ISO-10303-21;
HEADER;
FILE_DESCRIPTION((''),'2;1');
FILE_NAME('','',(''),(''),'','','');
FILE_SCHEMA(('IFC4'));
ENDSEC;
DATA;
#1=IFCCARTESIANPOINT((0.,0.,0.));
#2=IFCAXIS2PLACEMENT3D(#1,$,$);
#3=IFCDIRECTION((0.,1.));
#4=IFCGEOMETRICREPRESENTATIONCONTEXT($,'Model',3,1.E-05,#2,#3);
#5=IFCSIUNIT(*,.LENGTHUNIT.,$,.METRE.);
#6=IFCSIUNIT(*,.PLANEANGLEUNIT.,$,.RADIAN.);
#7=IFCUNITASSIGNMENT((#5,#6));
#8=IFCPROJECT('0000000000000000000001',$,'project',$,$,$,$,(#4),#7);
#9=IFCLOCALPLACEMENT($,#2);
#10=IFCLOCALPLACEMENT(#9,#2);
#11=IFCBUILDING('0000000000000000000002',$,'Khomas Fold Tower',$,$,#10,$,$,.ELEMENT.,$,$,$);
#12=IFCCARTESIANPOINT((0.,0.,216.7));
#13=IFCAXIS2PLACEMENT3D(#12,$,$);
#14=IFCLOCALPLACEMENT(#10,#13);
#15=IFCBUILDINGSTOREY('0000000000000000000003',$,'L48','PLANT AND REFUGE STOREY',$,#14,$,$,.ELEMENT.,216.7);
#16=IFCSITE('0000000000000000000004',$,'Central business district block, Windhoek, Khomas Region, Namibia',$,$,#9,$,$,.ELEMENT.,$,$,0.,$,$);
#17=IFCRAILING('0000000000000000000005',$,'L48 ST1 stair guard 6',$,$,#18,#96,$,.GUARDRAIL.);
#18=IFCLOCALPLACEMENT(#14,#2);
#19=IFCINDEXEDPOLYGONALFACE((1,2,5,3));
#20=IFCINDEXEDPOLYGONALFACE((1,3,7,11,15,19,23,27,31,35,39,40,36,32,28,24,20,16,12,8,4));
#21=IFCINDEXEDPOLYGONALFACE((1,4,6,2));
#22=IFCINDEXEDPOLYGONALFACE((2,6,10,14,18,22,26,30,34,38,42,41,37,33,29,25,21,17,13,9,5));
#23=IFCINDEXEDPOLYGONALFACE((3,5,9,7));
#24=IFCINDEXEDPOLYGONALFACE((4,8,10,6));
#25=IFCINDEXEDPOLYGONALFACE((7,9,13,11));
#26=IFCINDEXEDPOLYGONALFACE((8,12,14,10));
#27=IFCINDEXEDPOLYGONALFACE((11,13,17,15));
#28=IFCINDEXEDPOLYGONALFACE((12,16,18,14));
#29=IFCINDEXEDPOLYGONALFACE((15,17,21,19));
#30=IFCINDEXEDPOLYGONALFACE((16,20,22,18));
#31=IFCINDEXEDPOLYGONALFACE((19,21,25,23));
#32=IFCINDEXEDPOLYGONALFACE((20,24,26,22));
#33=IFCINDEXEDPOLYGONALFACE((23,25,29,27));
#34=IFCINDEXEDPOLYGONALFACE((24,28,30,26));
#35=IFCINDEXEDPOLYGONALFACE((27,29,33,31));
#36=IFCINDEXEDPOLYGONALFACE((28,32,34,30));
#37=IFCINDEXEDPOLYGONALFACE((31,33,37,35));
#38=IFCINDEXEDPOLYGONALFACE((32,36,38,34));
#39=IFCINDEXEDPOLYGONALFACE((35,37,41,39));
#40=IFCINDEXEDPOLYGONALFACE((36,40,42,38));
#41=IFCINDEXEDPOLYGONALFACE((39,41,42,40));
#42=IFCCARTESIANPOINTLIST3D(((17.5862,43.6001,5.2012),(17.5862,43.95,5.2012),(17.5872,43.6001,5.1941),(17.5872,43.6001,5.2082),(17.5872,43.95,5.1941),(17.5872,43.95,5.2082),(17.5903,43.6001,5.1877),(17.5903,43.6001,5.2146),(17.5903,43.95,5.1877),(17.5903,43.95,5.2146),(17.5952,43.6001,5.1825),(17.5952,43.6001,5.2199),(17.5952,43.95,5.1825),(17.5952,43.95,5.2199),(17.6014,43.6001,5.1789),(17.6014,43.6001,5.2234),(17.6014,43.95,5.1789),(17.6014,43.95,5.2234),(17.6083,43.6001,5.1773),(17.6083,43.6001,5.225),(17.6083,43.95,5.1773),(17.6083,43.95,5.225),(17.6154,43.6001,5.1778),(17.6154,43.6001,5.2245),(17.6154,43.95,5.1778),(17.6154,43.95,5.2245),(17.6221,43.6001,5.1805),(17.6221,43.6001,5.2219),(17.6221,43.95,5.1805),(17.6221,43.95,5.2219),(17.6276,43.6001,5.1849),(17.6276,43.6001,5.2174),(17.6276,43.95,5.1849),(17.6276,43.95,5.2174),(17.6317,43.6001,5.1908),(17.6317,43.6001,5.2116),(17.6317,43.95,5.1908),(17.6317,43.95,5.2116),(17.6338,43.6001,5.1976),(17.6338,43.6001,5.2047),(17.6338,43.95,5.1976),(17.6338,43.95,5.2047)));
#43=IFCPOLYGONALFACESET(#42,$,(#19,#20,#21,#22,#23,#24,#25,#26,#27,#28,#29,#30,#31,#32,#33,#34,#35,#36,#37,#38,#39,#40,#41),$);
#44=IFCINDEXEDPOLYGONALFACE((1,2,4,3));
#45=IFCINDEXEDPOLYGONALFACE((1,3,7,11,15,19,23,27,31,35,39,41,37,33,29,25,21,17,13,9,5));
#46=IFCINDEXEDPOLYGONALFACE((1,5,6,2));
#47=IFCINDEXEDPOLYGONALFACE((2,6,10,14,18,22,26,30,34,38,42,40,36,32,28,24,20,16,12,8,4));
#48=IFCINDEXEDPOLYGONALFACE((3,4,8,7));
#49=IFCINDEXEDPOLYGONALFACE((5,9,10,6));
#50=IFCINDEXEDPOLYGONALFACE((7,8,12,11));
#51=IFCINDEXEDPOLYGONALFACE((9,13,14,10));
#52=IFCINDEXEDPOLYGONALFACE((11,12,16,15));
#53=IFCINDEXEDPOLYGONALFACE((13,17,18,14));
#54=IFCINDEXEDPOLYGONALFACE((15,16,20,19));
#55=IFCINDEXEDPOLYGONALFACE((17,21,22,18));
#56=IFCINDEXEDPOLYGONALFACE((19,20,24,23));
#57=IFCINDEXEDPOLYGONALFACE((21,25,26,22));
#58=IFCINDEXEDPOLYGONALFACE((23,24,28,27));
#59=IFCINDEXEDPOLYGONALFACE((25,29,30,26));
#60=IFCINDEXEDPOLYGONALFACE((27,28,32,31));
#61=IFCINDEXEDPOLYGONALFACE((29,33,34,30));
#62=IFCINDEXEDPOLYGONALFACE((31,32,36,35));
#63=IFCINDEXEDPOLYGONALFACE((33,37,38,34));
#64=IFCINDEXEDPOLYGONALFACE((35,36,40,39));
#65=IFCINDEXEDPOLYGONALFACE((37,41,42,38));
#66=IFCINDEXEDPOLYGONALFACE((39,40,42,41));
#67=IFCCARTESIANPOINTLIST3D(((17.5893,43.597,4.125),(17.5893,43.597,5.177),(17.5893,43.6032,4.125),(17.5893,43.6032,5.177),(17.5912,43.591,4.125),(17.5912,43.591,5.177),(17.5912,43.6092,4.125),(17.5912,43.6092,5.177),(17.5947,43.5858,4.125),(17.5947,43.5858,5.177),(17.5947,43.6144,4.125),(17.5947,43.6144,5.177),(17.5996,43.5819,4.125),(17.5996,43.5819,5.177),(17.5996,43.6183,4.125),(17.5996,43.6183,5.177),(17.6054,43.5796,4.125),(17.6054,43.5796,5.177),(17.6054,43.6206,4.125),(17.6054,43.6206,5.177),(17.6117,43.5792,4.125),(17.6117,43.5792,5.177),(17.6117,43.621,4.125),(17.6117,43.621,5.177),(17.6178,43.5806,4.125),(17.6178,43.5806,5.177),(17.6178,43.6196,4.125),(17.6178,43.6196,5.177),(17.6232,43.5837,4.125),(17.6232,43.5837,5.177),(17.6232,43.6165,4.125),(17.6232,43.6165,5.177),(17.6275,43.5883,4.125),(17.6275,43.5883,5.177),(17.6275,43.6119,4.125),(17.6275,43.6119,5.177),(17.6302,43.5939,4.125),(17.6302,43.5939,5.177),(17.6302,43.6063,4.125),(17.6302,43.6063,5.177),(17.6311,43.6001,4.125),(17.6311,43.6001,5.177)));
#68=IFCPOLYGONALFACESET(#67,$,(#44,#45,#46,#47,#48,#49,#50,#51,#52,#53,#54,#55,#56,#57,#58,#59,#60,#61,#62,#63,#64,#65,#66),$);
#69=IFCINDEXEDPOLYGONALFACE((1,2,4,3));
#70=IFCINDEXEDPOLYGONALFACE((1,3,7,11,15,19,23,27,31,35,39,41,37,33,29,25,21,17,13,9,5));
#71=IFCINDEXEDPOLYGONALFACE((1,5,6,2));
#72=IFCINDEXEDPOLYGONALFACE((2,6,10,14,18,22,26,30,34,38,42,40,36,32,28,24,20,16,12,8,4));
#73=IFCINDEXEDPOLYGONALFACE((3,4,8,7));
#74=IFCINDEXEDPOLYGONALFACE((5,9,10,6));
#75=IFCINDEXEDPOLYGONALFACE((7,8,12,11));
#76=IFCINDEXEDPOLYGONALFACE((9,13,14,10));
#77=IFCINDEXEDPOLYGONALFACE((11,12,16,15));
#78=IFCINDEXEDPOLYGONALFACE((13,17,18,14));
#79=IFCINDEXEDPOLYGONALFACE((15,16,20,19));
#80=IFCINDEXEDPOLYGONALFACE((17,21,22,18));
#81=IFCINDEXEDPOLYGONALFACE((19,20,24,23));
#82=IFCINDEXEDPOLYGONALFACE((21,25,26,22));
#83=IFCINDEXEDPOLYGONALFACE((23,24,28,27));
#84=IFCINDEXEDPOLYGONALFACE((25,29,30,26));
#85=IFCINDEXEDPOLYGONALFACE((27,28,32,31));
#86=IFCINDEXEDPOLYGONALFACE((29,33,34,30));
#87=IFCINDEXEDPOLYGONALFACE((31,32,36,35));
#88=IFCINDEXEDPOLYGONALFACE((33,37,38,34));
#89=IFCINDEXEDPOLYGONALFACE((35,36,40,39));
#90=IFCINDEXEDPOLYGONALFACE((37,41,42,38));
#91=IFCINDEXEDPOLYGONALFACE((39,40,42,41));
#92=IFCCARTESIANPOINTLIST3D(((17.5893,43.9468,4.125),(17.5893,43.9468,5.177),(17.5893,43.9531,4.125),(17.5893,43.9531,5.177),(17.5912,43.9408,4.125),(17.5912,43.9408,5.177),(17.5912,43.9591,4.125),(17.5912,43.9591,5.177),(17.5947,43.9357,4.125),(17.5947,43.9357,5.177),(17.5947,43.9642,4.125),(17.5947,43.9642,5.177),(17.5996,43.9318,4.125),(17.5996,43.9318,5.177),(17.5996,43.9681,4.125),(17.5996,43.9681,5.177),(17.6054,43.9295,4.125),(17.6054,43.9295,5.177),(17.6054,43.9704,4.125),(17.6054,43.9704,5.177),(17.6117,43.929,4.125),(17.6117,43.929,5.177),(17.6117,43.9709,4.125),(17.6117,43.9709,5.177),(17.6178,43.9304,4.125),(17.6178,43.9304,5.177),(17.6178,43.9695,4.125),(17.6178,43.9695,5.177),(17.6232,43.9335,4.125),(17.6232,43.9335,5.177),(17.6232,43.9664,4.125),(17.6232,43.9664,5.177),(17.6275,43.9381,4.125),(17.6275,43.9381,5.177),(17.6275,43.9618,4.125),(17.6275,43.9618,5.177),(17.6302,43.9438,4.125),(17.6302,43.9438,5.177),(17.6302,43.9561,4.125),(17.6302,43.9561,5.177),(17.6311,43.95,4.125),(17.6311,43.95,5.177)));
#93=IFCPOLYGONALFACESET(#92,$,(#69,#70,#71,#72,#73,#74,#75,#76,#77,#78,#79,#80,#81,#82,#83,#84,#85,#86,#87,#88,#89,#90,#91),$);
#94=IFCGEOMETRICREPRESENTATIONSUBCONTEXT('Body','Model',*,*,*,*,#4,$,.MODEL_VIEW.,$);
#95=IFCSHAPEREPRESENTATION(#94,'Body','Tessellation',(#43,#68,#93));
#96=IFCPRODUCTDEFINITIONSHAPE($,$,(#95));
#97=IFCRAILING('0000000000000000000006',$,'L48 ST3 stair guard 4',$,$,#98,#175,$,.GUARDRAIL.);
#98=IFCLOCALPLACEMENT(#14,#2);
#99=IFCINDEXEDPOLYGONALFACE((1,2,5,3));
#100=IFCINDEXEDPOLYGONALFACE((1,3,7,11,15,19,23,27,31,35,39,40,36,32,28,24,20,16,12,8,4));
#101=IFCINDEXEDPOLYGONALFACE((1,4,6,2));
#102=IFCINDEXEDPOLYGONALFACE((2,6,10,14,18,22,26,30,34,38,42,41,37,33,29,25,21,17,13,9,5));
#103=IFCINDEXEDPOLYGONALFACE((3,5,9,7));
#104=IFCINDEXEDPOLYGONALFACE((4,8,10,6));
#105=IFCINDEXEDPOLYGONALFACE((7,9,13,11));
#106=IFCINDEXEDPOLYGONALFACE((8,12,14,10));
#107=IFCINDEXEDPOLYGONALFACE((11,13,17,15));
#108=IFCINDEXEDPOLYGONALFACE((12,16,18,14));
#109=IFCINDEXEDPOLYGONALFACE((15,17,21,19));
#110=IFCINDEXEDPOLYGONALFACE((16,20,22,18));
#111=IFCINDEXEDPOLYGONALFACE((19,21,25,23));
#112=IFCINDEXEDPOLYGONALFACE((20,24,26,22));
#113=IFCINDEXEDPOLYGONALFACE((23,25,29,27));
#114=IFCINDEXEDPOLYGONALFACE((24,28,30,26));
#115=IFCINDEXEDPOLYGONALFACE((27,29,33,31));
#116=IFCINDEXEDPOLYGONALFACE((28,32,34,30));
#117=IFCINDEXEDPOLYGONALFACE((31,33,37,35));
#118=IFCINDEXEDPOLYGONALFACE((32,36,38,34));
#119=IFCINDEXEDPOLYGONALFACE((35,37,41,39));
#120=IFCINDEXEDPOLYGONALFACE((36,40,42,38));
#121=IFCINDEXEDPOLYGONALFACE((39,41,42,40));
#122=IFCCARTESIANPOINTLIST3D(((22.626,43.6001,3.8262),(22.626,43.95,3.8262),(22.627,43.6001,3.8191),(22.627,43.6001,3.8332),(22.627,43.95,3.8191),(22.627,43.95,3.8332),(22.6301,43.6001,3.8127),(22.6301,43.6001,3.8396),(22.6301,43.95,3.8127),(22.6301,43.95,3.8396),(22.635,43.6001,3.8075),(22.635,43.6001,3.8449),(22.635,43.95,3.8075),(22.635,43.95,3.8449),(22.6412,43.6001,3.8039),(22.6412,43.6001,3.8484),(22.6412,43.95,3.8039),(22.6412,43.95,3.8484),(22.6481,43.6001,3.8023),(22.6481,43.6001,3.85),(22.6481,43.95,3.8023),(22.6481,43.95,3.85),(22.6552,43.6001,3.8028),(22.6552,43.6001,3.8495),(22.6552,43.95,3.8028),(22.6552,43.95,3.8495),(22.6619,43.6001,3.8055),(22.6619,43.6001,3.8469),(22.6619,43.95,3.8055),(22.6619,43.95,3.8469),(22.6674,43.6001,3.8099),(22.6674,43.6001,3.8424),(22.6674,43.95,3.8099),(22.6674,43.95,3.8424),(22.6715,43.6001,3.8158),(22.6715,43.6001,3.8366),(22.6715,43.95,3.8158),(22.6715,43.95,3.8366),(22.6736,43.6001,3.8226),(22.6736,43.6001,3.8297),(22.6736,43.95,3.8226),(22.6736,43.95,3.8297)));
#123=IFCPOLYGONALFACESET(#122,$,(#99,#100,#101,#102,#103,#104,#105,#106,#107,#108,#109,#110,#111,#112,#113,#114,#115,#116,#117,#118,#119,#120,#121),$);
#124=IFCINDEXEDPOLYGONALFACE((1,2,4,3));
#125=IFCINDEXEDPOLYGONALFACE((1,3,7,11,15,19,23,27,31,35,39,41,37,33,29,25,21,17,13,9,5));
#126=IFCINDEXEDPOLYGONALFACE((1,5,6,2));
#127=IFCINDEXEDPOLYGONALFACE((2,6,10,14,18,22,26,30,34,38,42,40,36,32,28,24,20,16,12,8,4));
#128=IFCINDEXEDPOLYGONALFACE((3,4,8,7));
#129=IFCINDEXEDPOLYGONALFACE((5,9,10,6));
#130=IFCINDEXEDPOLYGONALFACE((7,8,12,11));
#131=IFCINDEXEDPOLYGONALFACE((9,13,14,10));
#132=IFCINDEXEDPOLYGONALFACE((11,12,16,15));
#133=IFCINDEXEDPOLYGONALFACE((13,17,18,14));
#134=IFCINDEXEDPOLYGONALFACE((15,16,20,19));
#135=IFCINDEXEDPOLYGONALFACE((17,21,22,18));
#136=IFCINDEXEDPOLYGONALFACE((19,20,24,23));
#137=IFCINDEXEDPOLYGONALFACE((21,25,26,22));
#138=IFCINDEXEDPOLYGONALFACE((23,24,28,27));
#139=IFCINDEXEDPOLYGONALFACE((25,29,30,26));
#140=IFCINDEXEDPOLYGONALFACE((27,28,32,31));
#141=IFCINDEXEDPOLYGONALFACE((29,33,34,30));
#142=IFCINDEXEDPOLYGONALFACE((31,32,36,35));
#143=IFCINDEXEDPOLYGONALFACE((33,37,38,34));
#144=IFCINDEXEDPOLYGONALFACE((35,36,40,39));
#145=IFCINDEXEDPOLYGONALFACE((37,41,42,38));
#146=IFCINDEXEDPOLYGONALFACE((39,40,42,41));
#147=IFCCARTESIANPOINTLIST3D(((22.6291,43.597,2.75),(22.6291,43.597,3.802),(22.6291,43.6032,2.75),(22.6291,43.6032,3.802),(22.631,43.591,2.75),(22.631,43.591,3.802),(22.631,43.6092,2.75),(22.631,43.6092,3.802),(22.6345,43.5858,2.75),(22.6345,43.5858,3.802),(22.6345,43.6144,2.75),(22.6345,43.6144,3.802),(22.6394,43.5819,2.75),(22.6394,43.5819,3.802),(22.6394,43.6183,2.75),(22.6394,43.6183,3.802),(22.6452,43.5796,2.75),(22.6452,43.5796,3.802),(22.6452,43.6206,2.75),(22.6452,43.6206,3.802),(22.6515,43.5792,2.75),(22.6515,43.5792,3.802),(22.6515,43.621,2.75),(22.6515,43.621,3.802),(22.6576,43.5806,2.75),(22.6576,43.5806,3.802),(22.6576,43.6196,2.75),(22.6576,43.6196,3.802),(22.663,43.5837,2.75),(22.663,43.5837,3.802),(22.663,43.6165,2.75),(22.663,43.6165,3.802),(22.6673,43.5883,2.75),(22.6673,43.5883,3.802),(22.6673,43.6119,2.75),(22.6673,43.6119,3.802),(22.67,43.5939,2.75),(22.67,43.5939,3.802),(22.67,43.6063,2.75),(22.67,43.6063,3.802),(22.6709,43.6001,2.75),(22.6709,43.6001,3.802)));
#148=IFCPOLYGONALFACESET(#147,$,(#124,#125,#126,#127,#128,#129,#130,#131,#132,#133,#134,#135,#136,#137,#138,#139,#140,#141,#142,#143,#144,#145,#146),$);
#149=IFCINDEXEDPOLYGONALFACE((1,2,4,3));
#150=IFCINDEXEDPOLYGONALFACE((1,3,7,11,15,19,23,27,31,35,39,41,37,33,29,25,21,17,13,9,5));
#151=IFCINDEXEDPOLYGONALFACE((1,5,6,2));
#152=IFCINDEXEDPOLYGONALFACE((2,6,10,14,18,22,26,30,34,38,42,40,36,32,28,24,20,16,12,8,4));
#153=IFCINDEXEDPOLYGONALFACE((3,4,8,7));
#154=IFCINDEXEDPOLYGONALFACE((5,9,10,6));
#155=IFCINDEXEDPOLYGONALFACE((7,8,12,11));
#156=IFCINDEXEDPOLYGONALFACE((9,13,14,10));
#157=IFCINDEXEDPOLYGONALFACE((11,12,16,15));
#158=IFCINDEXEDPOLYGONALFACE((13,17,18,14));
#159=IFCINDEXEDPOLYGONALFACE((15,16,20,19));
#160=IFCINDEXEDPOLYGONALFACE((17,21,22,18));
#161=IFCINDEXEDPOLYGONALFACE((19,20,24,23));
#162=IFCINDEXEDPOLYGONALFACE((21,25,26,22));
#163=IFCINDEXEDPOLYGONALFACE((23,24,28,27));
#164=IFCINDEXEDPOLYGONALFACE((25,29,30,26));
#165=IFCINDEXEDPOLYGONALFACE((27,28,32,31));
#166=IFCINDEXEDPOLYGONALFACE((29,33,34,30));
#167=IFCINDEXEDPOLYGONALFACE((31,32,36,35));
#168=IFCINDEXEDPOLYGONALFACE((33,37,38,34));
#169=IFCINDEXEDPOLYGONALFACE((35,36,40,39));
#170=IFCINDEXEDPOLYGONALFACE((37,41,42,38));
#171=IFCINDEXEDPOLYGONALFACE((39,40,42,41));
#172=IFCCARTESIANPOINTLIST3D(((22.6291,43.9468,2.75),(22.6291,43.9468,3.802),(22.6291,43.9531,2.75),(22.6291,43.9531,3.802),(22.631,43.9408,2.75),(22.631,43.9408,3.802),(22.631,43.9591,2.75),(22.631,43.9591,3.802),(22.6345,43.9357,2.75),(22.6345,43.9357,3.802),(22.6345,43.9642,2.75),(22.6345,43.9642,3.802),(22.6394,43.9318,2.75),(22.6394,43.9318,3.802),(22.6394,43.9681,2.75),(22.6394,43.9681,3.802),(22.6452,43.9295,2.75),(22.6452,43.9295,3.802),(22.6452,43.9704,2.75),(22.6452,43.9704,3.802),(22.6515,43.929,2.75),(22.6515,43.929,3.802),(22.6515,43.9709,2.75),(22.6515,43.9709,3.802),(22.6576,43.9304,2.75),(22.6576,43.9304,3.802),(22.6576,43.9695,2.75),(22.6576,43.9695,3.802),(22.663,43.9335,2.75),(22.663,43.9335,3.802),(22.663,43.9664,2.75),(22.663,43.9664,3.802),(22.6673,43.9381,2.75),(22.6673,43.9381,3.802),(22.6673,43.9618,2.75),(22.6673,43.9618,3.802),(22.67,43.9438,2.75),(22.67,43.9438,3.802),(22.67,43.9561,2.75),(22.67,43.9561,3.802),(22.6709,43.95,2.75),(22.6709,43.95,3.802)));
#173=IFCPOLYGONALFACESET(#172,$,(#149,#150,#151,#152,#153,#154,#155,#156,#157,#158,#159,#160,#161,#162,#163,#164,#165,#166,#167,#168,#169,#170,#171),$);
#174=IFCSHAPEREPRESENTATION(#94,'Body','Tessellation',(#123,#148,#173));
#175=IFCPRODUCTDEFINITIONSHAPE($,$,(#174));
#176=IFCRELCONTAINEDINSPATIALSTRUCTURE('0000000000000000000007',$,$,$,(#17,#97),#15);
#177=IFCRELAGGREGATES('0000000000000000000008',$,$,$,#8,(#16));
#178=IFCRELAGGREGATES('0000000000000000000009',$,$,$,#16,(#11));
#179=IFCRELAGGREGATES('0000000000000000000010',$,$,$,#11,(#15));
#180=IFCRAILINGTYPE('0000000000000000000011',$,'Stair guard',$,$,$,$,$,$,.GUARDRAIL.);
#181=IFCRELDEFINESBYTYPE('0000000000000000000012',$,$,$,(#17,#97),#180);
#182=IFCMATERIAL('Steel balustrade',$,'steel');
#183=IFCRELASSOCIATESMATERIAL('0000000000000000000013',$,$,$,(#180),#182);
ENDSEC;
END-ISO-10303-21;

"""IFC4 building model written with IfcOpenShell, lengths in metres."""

from ifc_helpers import new_model, si_unit, direction, frame, origin, origin_2d, place, context, subcontext, project, spatial, circle, extrude, source, transform, mapped, material, type_object, element, save


model = new_model("IFC4")

# Units and contexts
model_context = context("Model", 3, precision=1e-05, world=origin(), true_north=direction((0.0, 1.0)))
body_context = subcontext(model_context, "Body", "Model", "MODEL_VIEW")
ifc_project = project(units=[si_unit("LENGTHUNIT", "METRE"), si_unit("PLANEANGLEUNIT", "RADIAN")], contexts=[model_context])

# Site, building, storey
site_placement = place(None, origin())
site = spatial("IfcSite", under=ifc_project, at=site_placement, Name="Central business district block, Windhoek, Khomas Region, Namibia", CompositionType="ELEMENT", RefElevation=0.0)
building_placement = place(site_placement, origin())
building = spatial("IfcBuilding", under=site, at=building_placement, Name="Khomas Fold Tower", CompositionType="ELEMENT")
storey_placement = place(building_placement, frame((0.0, 0.0, 216.7)))
storey = spatial("IfcBuildingStorey", under=building, at=storey_placement, Name="L48", Description="PLANT AND REFUGE STOREY", CompositionType="ELEMENT", Elevation=216.7)

# Railings
ifc_material_1 = material(Name="Steel balustrade", Category="steel")
railing_type_1 = type_object("IfcRailingType", Name="Stair guard", PredefinedType="GUARDRAIL", material=ifc_material_1)
shared_shape_1 = source(origin(), body_context, "Body", "SweptSolid", [
    extrude(circle(Radius=0.0239, at=origin_2d()), frame((0.0, 0.0, 1.0762), z_axis=(0.0, 1.0, 0.0), x_axis=(-1.0, 0.0, 0.0)), (0.0, 0.0, 1.0), 0.3499),
    extrude(circle(Radius=0.021, at=origin_2d()), origin(), (0.0, 0.0, 1.0), 1.052),
    extrude(circle(Radius=0.021, at=origin_2d()), frame((0.0, 0.3499, 0.0)), (0.0, 0.0, 1.0), 1.052),
])
for number, where, name in (
    (1, (17.6101, 43.6001, 4.125), "L48 ST1 stair guard 6"),
    (2, (22.6499, 43.6001, 2.75), "L48 ST3 stair guard 4"),
):
    element("IfcRailing", number, at=place(storey_placement, frame(where)), inside=storey, type_object=railing_type_1, Name=name, PredefinedType="GUARDRAIL", context=body_context, shape_type="MappedRepresentation", body=[
        mapped(shared_shape_1, transform((0.0, 0.0, 0.0))),
    ])

save(model, "model.ifc")
